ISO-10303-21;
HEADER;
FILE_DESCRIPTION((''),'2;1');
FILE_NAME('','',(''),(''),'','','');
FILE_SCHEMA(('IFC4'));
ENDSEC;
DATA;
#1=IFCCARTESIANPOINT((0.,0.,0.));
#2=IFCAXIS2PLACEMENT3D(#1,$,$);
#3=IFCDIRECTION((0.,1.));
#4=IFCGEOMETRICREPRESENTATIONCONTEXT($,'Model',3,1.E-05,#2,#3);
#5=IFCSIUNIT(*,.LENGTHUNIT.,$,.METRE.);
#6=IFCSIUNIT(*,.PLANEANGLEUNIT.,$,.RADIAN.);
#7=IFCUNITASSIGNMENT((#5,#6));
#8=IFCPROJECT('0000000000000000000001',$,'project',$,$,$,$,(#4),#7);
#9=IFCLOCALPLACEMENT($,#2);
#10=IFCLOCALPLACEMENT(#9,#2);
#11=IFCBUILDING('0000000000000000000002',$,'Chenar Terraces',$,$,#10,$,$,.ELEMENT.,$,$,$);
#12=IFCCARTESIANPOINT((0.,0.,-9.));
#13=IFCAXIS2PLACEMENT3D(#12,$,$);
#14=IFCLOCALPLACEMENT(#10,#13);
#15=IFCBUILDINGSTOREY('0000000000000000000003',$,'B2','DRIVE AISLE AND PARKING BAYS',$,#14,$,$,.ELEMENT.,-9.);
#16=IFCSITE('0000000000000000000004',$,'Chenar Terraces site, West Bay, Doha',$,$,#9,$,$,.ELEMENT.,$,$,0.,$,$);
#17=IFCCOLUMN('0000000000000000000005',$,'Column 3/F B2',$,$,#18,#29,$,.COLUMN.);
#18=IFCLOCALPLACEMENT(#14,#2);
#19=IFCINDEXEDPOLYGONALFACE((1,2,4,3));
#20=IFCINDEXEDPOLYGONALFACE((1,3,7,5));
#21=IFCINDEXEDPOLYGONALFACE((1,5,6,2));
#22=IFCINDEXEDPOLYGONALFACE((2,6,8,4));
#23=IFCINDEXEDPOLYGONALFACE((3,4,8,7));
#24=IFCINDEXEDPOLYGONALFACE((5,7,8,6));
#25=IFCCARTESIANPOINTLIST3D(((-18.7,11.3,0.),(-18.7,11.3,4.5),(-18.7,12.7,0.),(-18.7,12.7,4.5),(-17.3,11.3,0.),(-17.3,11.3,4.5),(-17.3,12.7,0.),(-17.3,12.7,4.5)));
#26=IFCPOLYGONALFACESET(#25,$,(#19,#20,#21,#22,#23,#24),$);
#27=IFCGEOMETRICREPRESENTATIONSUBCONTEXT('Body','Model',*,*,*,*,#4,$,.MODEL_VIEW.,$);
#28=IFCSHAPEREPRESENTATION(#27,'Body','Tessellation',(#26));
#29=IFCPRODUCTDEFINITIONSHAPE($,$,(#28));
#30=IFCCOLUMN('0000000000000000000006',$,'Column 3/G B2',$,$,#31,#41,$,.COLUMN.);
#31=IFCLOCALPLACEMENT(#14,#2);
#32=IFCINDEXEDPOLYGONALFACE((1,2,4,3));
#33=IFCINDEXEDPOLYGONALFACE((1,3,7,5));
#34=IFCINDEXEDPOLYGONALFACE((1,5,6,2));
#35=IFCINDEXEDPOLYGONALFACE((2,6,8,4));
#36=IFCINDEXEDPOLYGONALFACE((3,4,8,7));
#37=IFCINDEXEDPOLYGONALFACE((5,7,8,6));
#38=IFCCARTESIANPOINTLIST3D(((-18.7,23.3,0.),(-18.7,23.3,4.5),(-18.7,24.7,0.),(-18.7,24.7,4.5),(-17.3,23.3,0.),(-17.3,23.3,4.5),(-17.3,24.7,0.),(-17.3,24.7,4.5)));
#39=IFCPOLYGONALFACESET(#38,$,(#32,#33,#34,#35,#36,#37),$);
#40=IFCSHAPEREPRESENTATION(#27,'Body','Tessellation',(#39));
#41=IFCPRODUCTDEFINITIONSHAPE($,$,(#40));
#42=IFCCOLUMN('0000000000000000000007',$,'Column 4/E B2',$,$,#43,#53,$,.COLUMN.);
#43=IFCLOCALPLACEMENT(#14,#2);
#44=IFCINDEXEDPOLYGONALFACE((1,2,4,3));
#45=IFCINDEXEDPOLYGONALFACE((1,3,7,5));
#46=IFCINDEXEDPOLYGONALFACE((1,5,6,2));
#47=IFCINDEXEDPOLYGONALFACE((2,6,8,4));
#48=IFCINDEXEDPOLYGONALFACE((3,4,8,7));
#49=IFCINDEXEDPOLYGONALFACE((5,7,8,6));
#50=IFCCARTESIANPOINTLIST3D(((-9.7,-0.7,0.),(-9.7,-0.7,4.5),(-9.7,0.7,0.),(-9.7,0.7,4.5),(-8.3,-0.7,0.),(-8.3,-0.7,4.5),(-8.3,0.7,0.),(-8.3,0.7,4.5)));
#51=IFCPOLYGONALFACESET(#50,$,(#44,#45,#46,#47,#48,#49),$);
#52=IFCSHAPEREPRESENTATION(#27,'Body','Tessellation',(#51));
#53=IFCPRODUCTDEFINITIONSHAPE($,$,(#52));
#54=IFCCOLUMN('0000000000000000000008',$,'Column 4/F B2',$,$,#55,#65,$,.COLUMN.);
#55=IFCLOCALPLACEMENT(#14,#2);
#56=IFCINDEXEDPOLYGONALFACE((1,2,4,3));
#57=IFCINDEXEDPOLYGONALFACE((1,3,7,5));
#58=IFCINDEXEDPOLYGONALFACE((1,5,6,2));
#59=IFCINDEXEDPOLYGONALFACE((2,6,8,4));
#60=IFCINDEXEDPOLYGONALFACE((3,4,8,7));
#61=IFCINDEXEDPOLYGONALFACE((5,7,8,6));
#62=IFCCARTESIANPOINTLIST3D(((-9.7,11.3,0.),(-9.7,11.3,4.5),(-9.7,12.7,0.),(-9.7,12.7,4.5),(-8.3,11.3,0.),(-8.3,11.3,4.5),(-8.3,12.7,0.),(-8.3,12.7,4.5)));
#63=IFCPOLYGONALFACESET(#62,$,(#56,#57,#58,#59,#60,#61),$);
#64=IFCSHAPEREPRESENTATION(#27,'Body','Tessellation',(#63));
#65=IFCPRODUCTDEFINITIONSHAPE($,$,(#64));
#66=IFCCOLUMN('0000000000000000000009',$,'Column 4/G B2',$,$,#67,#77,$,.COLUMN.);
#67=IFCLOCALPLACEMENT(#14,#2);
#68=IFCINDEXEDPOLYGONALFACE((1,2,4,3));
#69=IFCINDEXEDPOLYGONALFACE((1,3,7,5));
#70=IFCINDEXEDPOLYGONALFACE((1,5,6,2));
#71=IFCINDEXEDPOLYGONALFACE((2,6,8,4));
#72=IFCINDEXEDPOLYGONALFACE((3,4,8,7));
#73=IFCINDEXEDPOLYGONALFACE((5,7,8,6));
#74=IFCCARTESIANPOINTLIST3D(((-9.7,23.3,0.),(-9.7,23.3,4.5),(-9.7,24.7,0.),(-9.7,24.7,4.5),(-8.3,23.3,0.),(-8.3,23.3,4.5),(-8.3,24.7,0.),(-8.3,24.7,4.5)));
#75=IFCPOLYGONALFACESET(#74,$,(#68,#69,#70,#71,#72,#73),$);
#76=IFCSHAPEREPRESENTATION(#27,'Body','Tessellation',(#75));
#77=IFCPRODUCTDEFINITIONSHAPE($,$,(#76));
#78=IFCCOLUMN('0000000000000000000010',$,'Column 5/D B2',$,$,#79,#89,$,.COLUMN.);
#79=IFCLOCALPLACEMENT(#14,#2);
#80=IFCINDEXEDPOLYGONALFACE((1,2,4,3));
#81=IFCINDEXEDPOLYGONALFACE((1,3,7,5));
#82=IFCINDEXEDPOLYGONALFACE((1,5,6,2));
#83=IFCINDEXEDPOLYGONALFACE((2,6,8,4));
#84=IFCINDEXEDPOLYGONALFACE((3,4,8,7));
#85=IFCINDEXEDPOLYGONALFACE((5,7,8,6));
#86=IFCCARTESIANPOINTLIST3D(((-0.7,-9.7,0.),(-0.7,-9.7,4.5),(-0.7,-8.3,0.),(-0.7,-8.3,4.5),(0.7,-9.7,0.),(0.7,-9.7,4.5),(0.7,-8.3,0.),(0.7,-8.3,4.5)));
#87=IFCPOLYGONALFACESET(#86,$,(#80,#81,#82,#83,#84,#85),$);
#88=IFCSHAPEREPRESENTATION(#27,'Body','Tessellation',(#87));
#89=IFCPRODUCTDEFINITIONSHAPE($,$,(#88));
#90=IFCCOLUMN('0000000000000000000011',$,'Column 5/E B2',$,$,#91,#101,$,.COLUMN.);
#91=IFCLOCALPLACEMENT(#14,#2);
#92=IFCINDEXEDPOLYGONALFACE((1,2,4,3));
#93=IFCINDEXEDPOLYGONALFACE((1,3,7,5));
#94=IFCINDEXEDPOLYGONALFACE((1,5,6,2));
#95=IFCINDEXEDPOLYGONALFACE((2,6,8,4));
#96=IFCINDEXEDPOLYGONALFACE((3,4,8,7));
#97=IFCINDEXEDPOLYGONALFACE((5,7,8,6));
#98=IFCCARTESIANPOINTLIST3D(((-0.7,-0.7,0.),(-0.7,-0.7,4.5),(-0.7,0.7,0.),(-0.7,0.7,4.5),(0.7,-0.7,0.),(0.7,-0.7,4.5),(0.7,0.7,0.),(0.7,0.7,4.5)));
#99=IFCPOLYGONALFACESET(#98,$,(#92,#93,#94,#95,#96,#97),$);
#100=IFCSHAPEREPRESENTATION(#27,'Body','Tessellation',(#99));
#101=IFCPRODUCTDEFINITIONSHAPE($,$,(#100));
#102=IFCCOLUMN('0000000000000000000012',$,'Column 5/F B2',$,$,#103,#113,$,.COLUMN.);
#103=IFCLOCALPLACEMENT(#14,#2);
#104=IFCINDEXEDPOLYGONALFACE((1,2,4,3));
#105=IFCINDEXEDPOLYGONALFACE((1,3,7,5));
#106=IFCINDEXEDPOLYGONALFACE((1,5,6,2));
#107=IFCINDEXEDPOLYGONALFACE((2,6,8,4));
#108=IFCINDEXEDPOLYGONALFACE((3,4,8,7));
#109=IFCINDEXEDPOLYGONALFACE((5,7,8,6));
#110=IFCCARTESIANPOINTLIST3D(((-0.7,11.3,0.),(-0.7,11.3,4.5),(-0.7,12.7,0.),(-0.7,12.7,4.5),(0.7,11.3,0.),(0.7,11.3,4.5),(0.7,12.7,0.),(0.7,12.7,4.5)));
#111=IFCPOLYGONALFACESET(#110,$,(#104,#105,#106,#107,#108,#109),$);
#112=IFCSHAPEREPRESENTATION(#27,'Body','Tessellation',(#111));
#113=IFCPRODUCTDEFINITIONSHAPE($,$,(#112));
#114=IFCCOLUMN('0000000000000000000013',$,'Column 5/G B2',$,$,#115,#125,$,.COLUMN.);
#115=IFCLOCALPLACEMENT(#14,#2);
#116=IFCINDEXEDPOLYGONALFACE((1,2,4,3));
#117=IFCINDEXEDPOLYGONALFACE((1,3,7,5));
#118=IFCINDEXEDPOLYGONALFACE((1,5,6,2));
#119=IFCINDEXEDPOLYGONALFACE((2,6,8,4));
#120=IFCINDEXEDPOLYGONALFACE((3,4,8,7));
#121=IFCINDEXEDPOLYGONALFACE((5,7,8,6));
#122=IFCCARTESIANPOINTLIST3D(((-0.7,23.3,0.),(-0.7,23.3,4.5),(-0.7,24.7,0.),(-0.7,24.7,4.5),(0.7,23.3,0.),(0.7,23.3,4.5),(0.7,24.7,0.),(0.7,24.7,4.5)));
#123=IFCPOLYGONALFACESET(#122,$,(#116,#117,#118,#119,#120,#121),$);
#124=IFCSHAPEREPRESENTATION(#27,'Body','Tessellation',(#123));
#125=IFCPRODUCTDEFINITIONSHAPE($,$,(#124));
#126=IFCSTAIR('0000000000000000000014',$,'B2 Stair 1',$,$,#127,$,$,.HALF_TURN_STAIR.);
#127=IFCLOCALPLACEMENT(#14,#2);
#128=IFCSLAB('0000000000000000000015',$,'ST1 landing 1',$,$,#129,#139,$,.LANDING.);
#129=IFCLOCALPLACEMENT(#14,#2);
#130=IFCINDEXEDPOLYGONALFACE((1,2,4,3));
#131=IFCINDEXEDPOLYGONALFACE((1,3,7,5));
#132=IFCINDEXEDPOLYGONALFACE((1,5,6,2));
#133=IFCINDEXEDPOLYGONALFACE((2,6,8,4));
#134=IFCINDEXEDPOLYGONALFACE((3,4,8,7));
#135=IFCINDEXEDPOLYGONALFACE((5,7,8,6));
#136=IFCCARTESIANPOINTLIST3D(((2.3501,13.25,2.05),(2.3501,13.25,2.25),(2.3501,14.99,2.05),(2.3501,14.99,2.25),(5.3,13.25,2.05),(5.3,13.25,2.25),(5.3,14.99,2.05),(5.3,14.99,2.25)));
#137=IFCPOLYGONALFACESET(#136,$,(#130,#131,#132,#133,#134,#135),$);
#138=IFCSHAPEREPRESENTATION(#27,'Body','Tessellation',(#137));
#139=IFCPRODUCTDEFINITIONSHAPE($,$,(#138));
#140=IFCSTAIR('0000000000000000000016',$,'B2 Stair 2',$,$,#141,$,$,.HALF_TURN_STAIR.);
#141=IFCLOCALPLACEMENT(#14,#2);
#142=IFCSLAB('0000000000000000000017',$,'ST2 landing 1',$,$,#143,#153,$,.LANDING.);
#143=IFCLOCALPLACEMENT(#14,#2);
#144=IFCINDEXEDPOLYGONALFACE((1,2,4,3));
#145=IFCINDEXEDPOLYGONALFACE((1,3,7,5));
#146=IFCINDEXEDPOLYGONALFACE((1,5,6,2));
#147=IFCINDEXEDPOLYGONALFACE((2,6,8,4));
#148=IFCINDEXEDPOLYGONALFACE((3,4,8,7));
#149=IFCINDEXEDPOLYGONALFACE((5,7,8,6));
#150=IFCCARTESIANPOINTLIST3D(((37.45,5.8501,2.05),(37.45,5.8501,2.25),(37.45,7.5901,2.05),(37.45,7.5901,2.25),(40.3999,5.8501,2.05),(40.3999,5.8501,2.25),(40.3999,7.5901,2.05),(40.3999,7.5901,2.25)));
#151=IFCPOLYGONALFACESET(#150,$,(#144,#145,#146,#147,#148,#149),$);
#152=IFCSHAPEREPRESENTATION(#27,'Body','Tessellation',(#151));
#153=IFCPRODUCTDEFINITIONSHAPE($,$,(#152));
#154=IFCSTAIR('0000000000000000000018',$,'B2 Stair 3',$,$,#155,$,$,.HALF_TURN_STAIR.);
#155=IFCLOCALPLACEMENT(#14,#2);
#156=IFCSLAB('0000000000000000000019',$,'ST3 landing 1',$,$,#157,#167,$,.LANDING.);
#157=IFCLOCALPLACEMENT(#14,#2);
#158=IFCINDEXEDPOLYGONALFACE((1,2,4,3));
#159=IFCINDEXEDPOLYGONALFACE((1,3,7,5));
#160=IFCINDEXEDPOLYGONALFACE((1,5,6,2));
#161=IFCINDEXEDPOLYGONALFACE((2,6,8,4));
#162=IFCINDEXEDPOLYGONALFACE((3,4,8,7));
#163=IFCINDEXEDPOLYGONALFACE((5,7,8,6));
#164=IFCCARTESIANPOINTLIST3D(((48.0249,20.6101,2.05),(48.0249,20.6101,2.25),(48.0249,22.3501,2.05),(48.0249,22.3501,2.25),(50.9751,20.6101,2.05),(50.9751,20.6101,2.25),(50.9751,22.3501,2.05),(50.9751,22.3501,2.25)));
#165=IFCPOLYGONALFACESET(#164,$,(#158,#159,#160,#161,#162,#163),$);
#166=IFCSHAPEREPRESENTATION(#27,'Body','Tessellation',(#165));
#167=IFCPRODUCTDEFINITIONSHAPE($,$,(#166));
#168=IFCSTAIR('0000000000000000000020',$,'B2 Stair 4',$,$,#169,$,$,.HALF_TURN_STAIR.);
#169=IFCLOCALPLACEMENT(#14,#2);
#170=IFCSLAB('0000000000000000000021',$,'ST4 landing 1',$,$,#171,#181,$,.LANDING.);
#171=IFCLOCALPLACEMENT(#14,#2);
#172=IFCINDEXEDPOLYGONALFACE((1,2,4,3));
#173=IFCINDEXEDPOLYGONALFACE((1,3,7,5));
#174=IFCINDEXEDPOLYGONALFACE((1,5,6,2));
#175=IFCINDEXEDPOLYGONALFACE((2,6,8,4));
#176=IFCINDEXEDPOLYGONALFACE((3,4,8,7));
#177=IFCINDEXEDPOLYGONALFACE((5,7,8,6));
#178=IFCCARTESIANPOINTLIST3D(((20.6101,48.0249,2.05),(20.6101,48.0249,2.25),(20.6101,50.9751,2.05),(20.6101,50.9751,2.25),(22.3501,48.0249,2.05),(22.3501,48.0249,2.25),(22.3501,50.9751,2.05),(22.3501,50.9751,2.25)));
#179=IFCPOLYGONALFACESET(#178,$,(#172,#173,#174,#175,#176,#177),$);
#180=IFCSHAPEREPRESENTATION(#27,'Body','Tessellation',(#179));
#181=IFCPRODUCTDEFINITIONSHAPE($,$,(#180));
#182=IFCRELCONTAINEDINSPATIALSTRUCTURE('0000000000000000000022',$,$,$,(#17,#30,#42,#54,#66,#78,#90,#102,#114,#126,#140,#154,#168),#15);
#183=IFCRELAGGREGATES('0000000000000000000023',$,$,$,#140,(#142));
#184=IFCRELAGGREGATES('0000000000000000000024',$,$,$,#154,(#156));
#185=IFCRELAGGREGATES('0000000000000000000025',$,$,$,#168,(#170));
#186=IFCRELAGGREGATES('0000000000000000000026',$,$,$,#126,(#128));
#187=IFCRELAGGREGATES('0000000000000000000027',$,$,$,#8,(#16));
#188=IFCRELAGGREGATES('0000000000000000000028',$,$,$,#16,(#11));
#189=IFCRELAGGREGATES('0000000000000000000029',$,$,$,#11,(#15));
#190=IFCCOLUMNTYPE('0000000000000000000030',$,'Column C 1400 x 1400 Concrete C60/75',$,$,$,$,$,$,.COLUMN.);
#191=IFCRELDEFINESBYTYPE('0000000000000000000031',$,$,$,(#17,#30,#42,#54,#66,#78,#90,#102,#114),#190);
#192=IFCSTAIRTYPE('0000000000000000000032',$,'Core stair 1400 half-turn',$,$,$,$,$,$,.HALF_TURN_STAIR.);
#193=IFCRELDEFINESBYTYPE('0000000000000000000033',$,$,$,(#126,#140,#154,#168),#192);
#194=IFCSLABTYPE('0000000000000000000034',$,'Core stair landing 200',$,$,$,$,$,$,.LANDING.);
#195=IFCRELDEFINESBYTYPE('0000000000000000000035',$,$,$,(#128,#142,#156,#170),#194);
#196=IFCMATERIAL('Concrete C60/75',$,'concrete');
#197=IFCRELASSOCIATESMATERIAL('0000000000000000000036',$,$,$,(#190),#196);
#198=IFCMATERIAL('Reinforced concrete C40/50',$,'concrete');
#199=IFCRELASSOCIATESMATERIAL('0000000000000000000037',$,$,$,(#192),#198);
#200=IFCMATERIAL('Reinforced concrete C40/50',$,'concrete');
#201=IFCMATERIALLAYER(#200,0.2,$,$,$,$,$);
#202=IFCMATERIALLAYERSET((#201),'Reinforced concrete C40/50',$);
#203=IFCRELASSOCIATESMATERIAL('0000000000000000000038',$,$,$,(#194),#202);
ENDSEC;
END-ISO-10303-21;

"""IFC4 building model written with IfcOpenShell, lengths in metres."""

from ifc_helpers import new_model, si_unit, direction, frame, origin, origin_2d, place, context, subcontext, project, spatial, polyline, rectangle, outline, extrude, material, layer, layer_set, material_profile, profile_set, type_object, element, aggregate, save


model = new_model("IFC4")

# Units and contexts
model_context = context("Model", 3, precision=1e-05, world=origin(), true_north=direction((0.0, 1.0)))
body_context = subcontext(model_context, "Body", "Model", "MODEL_VIEW")
ifc_project = project(units=[si_unit("LENGTHUNIT", "METRE"), si_unit("PLANEANGLEUNIT", "RADIAN")], contexts=[model_context])

# Site, building, storey
site_placement = place(None, origin())
site = spatial("IfcSite", under=ifc_project, at=site_placement, Name="Chenar Terraces site, West Bay, Doha", CompositionType="ELEMENT", RefElevation=0.0)
building_placement = place(site_placement, origin())
building = spatial("IfcBuilding", under=site, at=building_placement, Name="Chenar Terraces", CompositionType="ELEMENT")
storey_placement = place(building_placement, frame((0.0, 0.0, -9.0)))
storey = spatial("IfcBuildingStorey", under=building, at=storey_placement, Name="B2", Description="DRIVE AISLE AND PARKING BAYS", CompositionType="ELEMENT", Elevation=-9.0)

# Columns
ifc_material_1 = material(Name="Concrete C60/75", Category="concrete")
ifc_material_profile = material_profile(ifc_material_1, rectangle(XDim=1.3999, YDim=1.3999, at=origin_2d()), Name="C 1400 x 1400")
ifc_profile_set = profile_set([ifc_material_profile], Name="Concrete C60/75")
column_type = type_object("IfcColumnType", Name="Column C 1400 x 1400 Concrete C60/75", PredefinedType="COLUMN", material=ifc_profile_set)
for number, where, z_axis, x_axis, name in (
    (1, (-18.0, 12.0, 0.0), (0.0, 0.0, 1.0), (1.0, 0.0, 0.0), "Column 3/F B2"),
    (2, (-18.0, 24.0, 0.0), (0.0, 0.0, 1.0), (1.0, 0.0, 0.0), "Column 3/G B2"),
    (3, (-9.0, 0.0, 0.0), (0.0, 0.0, 1.0), (1.0, 0.0, 0.0), "Column 4/E B2"),
    (4, (-9.0, 12.0, 0.0), (0.0, 0.0, 1.0), (1.0, 0.0, 0.0), "Column 4/F B2"),
    (5, (-9.0, 24.0, 0.0), (0.0, 0.0, 1.0), (1.0, 0.0, 0.0), "Column 4/G B2"),
    (6, (0.0, -9.0, 0.0), (0.0, 0.0, 1.0), (1.0, 0.0, 0.0), "Column 5/D B2"),
    (7, (0.0, 0.0, 0.0), (0.0, 0.0, 1.0), (1.0, 0.0, 0.0), "Column 5/E B2"),
    (8, (0.0, 12.0, 0.0), (0.0, 0.0, 1.0), (1.0, 0.0, 0.0), "Column 5/F B2"),
    (9, (0.0, 24.0, 0.0), (0.0, 0.0, 1.0), (1.0, 0.0, 0.0), "Column 5/G B2"),
):
    element("IfcColumn", number, at=place(storey_placement, frame(where, z_axis=z_axis, x_axis=x_axis)), inside=storey, type_object=column_type, Name=name, PredefinedType="COLUMN", context=body_context, shape_type="SweptSolid", body=[
        extrude(rectangle(XDim=1.3999, YDim=1.3999, at=origin_2d()), origin(), (0.0, 0.0, 1.0), 4.5),
    ])

# Stairs, slabs
ifc_material_2 = material(Name="Reinforced concrete C40/50", Category="concrete")
stair_type = type_object("IfcStairType", Name="Core stair 1400 half-turn", PredefinedType="HALF_TURN_STAIR", material=ifc_material_2)
placement_1 = place(storey_placement, origin())
stair_1 = element("IfcStair", 10, at=placement_1, inside=storey, type_object=stair_type, Name="B2 Stair 1", PredefinedType="HALF_TURN_STAIR")
ifc_material_3 = material(Name="Reinforced concrete C40/50", Category="concrete")
ifc_layer_1 = layer(ifc_material_3, 0.2)
ifc_layer_set_1 = layer_set([ifc_layer_1], Name="Reinforced concrete C40/50")
slab_type_1 = type_object("IfcSlabType", Name="Core stair landing 200", PredefinedType="LANDING", material=ifc_layer_set_1)
placement_2 = place(storey_placement, frame((0.0, 0.0, 2.05)))
slab_1 = element("IfcSlab", 11, at=placement_2, type_object=slab_type_1, Name="ST1 landing 1", PredefinedType="LANDING", context=body_context, shape_type="SweptSolid", body=[
    extrude(outline(polyline([(2.3501, 14.99), (2.3501, 13.25), (5.3, 13.25), (5.3, 14.99), (2.3501, 14.99)])), origin(), (0.0, 0.0, 1.0), 0.2),
])
stair_2 = element("IfcStair", 12, at=placement_1, inside=storey, type_object=stair_type, Name="B2 Stair 2", PredefinedType="HALF_TURN_STAIR")
slab_2 = element("IfcSlab", 13, at=placement_2, type_object=slab_type_1, Name="ST2 landing 1", PredefinedType="LANDING", context=body_context, shape_type="SweptSolid", body=[
    extrude(outline(polyline([(37.45, 7.5901), (37.45, 5.8501), (40.3999, 5.8501), (40.3999, 7.5901), (37.45, 7.5901)])), origin(), (0.0, 0.0, 1.0), 0.2),
])
aggregate(stair_2, [slab_2])
stair_3 = element("IfcStair", 14, at=placement_1, inside=storey, type_object=stair_type, Name="B2 Stair 3", PredefinedType="HALF_TURN_STAIR")
slab_3 = element("IfcSlab", 15, at=placement_2, type_object=slab_type_1, Name="ST3 landing 1", PredefinedType="LANDING", context=body_context, shape_type="SweptSolid", body=[
    extrude(outline(polyline([(50.9751, 20.6101), (50.9751, 22.3501), (48.0249, 22.3501), (48.0249, 20.6101), (50.9751, 20.6101)])), origin(), (0.0, 0.0, 1.0), 0.2),
])
aggregate(stair_3, [slab_3])
stair_4 = element("IfcStair", 16, at=placement_1, inside=storey, type_object=stair_type, Name="B2 Stair 4", PredefinedType="HALF_TURN_STAIR")
slab_4 = element("IfcSlab", 17, at=placement_2, type_object=slab_type_1, Name="ST4 landing 1", PredefinedType="LANDING", context=body_context, shape_type="SweptSolid", body=[
    extrude(outline(polyline([(20.6101, 48.0249), (22.3501, 48.0249), (22.3501, 50.9751), (20.6101, 50.9751), (20.6101, 48.0249)])), origin(), (0.0, 0.0, 1.0), 0.2),
])
aggregate(stair_4, [slab_4])

aggregate(stair_1, [slab_1])

save(model, "model.ifc")
